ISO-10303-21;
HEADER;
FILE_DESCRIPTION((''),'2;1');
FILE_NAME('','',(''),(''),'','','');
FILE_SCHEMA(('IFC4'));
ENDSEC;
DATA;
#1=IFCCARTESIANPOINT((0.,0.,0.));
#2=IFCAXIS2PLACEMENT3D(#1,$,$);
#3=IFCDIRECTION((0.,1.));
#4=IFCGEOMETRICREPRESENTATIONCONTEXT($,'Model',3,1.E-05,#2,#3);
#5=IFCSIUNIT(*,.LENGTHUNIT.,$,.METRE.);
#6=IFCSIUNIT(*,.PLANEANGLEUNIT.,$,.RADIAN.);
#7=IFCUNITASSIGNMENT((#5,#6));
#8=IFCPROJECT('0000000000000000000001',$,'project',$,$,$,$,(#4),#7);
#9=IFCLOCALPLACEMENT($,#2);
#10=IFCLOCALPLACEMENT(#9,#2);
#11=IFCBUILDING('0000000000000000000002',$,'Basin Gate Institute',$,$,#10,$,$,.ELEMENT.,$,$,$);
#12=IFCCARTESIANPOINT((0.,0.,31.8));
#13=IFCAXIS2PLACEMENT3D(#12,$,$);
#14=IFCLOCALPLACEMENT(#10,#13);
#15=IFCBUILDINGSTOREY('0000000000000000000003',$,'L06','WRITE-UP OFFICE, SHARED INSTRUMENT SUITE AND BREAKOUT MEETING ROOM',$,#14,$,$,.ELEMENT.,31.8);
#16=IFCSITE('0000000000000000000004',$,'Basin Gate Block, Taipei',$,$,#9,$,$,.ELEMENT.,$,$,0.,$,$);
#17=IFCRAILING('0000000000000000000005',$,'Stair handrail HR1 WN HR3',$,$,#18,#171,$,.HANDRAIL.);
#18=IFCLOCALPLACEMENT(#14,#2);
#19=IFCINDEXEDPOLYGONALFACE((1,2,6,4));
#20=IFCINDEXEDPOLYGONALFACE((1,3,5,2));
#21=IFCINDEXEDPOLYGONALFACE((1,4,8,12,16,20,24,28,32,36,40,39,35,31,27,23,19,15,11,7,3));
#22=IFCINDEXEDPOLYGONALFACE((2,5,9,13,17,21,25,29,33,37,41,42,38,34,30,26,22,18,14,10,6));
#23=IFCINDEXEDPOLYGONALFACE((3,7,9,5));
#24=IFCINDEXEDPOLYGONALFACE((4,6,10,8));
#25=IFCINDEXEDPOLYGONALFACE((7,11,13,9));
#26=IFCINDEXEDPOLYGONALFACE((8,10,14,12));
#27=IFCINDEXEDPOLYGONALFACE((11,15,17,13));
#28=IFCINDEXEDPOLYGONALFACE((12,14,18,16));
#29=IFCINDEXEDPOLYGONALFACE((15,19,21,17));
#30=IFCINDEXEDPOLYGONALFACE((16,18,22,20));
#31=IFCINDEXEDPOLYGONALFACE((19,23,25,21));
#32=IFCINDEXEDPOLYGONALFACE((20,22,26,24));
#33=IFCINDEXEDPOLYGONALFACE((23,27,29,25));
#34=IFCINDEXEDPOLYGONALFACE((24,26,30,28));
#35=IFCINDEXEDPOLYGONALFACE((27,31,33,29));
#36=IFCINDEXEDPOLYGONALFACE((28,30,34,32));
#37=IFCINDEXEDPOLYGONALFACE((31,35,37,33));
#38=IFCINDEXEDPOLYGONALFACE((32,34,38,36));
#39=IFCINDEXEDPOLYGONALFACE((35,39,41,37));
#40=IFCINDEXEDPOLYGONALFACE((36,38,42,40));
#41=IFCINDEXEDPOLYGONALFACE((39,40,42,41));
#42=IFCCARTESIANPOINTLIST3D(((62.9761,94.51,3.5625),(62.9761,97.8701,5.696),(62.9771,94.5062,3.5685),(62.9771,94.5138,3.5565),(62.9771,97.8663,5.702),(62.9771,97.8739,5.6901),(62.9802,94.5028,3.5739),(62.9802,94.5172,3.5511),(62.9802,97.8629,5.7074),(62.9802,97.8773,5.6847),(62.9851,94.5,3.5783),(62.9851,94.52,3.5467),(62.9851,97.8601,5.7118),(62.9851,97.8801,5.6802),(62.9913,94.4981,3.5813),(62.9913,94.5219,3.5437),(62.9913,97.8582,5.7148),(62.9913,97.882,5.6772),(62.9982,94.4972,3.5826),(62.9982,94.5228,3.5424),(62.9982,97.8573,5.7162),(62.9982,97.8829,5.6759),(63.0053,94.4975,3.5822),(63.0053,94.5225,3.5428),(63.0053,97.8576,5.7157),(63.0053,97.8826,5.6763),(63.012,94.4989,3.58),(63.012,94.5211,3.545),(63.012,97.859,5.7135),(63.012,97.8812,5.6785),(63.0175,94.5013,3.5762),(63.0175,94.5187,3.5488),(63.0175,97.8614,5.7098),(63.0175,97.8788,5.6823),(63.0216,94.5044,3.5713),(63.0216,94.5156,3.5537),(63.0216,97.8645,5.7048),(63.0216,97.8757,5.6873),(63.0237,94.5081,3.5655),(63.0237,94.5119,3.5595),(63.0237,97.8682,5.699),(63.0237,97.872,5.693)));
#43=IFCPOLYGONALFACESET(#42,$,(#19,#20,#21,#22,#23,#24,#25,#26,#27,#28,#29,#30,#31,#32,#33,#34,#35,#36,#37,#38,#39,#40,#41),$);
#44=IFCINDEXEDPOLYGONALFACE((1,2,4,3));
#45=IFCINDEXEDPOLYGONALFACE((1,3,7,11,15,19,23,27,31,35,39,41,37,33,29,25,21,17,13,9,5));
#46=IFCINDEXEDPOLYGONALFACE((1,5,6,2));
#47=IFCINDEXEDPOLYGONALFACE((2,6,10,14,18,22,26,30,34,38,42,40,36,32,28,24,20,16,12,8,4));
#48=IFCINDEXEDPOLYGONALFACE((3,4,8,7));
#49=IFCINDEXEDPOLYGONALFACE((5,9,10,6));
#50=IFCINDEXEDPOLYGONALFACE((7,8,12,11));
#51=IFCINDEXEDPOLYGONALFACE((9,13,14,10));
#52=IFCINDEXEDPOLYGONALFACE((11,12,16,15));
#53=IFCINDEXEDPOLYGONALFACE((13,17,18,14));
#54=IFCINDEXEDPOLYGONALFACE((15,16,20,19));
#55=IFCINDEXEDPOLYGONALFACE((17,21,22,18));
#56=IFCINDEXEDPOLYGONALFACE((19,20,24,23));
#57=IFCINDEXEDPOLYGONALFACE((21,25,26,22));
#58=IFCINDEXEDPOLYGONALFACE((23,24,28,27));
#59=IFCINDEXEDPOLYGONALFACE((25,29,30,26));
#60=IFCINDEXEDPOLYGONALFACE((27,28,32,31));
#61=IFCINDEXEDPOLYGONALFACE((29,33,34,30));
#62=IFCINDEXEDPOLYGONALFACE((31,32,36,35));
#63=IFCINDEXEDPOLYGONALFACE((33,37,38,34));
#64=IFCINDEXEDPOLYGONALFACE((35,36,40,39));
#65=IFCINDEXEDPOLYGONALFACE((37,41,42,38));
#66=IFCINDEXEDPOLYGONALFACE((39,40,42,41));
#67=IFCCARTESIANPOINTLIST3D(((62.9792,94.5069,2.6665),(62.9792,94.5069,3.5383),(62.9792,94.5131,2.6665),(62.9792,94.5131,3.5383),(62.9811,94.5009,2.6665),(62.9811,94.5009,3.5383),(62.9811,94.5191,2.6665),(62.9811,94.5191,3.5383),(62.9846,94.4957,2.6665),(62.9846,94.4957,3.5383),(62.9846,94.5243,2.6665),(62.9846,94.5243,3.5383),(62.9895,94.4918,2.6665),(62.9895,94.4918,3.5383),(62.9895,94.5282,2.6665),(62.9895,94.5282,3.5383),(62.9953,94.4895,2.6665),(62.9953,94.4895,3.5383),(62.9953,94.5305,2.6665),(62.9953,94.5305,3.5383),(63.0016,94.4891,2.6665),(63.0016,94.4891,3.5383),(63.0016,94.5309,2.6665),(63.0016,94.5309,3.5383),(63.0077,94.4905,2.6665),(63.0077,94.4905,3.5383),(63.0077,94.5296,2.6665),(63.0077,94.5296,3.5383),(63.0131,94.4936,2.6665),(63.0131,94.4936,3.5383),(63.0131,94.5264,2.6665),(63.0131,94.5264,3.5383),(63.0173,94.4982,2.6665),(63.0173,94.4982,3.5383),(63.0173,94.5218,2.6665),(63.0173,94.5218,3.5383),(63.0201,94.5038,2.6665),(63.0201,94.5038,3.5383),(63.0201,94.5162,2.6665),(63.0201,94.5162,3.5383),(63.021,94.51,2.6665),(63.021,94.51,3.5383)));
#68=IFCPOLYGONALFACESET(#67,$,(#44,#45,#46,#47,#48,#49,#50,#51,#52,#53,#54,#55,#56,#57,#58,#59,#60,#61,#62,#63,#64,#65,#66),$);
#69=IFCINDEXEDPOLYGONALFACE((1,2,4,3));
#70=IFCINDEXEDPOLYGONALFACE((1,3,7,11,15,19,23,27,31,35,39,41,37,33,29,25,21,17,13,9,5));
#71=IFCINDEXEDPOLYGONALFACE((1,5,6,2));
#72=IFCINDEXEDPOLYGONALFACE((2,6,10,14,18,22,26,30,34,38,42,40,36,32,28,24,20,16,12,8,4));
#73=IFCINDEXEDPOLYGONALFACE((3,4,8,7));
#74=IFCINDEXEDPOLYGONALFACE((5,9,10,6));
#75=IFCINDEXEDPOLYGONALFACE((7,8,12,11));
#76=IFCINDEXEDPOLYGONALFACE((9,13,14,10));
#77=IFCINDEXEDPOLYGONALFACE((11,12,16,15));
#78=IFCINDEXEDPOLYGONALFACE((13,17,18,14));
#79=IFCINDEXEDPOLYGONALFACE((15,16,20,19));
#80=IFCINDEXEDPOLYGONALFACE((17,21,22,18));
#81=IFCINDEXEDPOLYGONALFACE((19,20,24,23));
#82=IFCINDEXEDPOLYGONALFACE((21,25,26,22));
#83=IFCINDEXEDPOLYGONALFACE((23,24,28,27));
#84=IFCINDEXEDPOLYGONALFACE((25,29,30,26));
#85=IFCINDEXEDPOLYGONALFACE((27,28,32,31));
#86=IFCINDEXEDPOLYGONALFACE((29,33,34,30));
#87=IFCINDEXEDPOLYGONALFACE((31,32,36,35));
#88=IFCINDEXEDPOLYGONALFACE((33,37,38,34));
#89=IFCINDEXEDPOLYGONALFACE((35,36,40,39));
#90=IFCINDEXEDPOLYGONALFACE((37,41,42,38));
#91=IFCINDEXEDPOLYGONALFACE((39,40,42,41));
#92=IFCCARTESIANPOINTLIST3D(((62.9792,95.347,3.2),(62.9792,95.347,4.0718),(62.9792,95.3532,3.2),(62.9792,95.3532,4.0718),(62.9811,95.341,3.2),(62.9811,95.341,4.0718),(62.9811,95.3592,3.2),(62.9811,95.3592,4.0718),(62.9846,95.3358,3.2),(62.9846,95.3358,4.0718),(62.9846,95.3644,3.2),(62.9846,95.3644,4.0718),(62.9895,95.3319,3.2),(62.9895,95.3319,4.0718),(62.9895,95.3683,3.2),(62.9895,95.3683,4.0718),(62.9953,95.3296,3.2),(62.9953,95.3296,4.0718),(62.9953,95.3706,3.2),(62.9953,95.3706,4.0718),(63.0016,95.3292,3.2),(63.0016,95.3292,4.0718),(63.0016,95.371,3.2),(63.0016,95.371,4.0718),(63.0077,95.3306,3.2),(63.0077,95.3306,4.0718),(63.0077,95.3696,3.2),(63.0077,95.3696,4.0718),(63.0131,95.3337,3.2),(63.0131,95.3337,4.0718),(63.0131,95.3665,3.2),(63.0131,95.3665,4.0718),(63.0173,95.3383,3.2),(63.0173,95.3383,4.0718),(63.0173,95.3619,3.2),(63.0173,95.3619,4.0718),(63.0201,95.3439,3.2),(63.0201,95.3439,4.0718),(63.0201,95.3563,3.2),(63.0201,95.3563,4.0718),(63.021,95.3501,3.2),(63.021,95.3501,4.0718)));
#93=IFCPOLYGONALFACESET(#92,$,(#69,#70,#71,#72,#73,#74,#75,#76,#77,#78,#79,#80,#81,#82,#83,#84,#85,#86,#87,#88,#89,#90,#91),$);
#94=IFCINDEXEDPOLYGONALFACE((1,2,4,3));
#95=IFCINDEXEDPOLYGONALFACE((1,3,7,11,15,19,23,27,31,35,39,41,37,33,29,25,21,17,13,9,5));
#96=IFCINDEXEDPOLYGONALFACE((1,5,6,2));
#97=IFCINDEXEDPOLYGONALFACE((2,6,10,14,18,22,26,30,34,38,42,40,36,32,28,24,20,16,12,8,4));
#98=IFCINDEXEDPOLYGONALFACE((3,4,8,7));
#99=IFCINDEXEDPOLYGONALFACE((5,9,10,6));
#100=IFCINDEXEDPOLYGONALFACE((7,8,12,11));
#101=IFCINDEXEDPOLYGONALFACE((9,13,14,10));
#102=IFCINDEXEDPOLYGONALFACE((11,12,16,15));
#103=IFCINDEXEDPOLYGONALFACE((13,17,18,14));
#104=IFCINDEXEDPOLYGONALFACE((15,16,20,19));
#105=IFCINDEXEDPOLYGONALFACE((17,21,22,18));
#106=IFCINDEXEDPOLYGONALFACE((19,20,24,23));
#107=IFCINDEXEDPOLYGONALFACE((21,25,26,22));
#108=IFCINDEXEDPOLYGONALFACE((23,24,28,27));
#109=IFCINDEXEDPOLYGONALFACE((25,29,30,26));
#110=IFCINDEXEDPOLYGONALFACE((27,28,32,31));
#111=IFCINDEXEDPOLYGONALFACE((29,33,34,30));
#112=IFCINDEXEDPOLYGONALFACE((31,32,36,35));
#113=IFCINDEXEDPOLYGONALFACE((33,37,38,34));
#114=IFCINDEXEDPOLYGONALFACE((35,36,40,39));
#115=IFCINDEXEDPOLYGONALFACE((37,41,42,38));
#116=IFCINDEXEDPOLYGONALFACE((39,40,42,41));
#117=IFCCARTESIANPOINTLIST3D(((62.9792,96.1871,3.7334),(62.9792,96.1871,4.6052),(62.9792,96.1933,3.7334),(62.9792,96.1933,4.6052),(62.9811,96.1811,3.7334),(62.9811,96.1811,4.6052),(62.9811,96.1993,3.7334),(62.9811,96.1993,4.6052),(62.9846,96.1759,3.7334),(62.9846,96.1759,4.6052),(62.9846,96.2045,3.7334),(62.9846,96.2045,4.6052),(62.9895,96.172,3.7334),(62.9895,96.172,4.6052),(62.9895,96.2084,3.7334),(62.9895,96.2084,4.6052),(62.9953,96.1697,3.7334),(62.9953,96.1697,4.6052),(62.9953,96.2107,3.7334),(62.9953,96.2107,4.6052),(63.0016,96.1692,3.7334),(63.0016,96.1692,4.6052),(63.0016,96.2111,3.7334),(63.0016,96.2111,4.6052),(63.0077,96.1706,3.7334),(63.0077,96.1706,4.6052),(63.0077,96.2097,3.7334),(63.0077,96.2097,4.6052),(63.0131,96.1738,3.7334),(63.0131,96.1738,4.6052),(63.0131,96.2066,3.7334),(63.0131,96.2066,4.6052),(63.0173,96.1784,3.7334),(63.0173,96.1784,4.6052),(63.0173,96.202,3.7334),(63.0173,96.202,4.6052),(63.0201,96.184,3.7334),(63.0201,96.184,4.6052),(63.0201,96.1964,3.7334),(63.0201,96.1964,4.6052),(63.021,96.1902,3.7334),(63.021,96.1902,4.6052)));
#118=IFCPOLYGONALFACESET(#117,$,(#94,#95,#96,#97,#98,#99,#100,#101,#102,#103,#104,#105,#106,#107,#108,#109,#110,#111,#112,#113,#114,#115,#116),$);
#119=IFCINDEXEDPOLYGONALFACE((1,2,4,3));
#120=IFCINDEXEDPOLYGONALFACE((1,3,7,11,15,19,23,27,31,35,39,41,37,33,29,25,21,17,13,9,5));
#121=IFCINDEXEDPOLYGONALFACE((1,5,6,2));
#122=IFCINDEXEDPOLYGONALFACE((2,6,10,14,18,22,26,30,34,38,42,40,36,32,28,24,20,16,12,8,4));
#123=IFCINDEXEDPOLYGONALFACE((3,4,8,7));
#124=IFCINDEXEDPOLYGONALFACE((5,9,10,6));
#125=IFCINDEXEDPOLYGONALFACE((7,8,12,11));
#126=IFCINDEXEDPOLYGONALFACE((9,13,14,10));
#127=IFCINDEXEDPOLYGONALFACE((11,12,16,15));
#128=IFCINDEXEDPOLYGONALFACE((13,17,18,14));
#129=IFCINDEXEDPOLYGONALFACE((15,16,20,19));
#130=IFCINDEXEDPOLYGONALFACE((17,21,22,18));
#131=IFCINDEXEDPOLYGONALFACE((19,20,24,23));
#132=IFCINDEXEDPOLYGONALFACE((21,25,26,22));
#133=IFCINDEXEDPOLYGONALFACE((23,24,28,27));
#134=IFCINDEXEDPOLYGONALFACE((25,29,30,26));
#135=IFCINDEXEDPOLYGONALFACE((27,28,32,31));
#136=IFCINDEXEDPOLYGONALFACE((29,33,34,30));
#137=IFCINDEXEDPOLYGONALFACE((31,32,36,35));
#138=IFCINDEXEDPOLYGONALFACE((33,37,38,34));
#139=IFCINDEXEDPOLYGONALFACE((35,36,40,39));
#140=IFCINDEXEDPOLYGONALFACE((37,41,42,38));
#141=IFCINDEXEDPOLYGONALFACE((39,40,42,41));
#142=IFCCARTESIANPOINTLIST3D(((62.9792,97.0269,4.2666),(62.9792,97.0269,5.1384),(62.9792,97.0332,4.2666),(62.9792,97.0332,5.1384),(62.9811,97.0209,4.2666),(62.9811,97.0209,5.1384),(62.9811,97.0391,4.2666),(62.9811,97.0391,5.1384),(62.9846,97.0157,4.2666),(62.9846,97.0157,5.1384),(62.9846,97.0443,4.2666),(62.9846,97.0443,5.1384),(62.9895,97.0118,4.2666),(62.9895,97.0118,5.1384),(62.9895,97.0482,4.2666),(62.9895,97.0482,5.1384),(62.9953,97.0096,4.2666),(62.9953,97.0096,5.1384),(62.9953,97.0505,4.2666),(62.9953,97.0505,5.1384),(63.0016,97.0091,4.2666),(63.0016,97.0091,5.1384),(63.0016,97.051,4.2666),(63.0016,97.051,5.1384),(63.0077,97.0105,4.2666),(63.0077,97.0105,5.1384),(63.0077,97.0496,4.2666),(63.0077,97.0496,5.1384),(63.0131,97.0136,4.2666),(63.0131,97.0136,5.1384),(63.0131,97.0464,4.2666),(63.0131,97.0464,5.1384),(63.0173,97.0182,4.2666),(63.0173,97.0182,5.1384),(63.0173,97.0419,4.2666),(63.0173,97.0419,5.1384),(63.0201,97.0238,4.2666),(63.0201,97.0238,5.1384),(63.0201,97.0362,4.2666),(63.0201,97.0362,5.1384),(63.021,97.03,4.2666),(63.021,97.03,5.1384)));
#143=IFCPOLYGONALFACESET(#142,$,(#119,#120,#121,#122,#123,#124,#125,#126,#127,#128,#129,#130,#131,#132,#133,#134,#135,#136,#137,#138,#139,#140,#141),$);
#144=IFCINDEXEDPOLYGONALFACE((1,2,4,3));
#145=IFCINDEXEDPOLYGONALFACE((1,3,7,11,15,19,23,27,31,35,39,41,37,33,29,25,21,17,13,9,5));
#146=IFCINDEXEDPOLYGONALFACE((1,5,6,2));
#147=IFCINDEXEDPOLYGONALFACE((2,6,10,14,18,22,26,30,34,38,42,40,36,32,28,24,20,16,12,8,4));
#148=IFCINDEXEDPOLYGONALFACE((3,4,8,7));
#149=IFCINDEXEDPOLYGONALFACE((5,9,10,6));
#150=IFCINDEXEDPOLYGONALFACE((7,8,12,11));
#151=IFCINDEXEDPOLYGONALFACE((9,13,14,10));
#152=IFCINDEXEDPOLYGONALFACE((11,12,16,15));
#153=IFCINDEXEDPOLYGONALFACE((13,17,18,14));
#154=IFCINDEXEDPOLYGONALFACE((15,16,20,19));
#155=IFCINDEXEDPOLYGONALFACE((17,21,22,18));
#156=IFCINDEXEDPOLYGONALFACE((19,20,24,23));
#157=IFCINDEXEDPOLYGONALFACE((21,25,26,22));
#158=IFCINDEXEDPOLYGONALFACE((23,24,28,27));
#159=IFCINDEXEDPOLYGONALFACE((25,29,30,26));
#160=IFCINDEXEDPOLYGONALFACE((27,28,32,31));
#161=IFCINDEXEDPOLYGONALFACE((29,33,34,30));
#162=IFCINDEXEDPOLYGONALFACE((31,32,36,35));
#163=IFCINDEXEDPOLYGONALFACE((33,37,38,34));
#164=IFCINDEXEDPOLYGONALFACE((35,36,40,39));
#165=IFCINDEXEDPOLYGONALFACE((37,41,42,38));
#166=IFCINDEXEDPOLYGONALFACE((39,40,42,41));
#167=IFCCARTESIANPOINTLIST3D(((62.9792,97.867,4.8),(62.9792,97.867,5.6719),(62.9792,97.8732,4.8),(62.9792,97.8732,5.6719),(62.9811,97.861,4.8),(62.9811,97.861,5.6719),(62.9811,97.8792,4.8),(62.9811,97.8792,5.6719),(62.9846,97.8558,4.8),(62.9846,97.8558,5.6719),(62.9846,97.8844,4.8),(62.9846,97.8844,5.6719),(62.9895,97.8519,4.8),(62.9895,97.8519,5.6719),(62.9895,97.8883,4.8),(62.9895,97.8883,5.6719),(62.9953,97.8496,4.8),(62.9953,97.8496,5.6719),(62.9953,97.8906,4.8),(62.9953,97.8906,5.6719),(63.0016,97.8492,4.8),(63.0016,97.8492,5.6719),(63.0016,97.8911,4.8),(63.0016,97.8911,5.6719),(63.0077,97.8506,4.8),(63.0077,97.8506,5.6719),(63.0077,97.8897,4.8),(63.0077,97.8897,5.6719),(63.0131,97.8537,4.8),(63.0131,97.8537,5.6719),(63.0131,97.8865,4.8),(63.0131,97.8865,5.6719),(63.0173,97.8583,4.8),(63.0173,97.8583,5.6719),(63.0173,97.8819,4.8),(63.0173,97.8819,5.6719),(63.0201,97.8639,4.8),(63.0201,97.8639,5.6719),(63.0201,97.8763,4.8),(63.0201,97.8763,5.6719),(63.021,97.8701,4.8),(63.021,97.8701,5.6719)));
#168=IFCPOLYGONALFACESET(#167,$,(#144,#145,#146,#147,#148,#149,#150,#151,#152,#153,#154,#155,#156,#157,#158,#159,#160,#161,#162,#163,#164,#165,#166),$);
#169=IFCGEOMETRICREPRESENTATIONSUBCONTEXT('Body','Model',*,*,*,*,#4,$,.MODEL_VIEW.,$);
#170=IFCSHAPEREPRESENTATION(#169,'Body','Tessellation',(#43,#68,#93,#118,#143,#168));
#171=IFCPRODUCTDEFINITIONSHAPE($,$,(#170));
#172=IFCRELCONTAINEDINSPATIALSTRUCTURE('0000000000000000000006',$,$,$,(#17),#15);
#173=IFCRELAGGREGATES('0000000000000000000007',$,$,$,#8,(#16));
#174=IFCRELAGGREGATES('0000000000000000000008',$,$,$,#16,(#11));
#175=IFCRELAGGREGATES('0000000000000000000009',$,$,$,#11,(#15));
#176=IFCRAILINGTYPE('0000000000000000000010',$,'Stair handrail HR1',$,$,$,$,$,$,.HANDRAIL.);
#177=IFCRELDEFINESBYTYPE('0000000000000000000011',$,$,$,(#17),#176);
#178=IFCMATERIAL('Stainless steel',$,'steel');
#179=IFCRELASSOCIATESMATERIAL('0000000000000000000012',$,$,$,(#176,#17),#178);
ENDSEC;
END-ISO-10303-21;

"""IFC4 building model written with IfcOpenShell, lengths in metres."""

from ifc_helpers import new_model, si_unit, direction, frame, origin, origin_2d, place, context, subcontext, project, spatial, circle, extrude, material, type_object, element, save


model = new_model("IFC4")

# Units and contexts
model_context = context("Model", 3, precision=1e-05, world=origin(), true_north=direction((0.0, 1.0)))
body_context = subcontext(model_context, "Body", "Model", "MODEL_VIEW")
ifc_project = project(units=[si_unit("LENGTHUNIT", "METRE"), si_unit("PLANEANGLEUNIT", "RADIAN")], contexts=[model_context])

# Site, building, storey
site_placement = place(None, origin())
site = spatial("IfcSite", under=ifc_project, at=site_placement, Name="Basin Gate Block, Taipei", CompositionType="ELEMENT", RefElevation=0.0)
building_placement = place(site_placement, origin())
building = spatial("IfcBuilding", under=site, at=building_placement, Name="Basin Gate Institute", CompositionType="ELEMENT")
storey_placement = place(building_placement, frame((0.0, 0.0, 31.8)))
storey = spatial("IfcBuildingStorey", under=building, at=storey_placement, Name="L06", Description="WRITE-UP OFFICE, SHARED INSTRUMENT SUITE AND BREAKOUT MEETING ROOM", CompositionType="ELEMENT", Elevation=31.8)

# Railing
ifc_material_1 = material(Name="Stainless steel", Category="steel")
railing_type_1 = type_object("IfcRailingType", Name="Stair handrail HR1", PredefinedType="HANDRAIL", material=ifc_material_1)
railing_1_placement = place(storey_placement, frame((63.0, 94.51, 2.6665)))
element("IfcRailing", 1, at=railing_1_placement, inside=storey, type_object=railing_type_1, material=ifc_material_1, Name="Stair handrail HR1 WN HR3", PredefinedType="HANDRAIL", context=body_context, shape_type="SweptSolid", body=[
    extrude(circle(Radius=0.0239, at=origin_2d()), frame((0.0, 0.0, 0.896), z_axis=(0.0, 0.844197, 0.536034), x_axis=(-1.0, 0.0, 0.0)), (0.0, 0.0, 1.0), 3.9802),
    extrude(circle(Radius=0.021, at=origin_2d()), origin(), (0.0, 0.0, 1.0), 0.8718),
    extrude(circle(Radius=0.021, at=origin_2d()), frame((0.0, 0.8401, 0.5334)), (0.0, 0.0, 1.0), 0.8718),
    extrude(circle(Radius=0.021, at=origin_2d()), frame((0.0, 1.6802, 1.0669)), (0.0, 0.0, 1.0), 0.8718),
    extrude(circle(Radius=0.021, at=origin_2d()), frame((0.0, 2.52, 1.6001)), (0.0, 0.0, 1.0), 0.8718),
    extrude(circle(Radius=0.021, at=origin_2d()), frame((0.0, 3.3601, 2.1335)), (0.0, 0.0, 1.0), 0.8718),
])

save(model, "model.ifc")
